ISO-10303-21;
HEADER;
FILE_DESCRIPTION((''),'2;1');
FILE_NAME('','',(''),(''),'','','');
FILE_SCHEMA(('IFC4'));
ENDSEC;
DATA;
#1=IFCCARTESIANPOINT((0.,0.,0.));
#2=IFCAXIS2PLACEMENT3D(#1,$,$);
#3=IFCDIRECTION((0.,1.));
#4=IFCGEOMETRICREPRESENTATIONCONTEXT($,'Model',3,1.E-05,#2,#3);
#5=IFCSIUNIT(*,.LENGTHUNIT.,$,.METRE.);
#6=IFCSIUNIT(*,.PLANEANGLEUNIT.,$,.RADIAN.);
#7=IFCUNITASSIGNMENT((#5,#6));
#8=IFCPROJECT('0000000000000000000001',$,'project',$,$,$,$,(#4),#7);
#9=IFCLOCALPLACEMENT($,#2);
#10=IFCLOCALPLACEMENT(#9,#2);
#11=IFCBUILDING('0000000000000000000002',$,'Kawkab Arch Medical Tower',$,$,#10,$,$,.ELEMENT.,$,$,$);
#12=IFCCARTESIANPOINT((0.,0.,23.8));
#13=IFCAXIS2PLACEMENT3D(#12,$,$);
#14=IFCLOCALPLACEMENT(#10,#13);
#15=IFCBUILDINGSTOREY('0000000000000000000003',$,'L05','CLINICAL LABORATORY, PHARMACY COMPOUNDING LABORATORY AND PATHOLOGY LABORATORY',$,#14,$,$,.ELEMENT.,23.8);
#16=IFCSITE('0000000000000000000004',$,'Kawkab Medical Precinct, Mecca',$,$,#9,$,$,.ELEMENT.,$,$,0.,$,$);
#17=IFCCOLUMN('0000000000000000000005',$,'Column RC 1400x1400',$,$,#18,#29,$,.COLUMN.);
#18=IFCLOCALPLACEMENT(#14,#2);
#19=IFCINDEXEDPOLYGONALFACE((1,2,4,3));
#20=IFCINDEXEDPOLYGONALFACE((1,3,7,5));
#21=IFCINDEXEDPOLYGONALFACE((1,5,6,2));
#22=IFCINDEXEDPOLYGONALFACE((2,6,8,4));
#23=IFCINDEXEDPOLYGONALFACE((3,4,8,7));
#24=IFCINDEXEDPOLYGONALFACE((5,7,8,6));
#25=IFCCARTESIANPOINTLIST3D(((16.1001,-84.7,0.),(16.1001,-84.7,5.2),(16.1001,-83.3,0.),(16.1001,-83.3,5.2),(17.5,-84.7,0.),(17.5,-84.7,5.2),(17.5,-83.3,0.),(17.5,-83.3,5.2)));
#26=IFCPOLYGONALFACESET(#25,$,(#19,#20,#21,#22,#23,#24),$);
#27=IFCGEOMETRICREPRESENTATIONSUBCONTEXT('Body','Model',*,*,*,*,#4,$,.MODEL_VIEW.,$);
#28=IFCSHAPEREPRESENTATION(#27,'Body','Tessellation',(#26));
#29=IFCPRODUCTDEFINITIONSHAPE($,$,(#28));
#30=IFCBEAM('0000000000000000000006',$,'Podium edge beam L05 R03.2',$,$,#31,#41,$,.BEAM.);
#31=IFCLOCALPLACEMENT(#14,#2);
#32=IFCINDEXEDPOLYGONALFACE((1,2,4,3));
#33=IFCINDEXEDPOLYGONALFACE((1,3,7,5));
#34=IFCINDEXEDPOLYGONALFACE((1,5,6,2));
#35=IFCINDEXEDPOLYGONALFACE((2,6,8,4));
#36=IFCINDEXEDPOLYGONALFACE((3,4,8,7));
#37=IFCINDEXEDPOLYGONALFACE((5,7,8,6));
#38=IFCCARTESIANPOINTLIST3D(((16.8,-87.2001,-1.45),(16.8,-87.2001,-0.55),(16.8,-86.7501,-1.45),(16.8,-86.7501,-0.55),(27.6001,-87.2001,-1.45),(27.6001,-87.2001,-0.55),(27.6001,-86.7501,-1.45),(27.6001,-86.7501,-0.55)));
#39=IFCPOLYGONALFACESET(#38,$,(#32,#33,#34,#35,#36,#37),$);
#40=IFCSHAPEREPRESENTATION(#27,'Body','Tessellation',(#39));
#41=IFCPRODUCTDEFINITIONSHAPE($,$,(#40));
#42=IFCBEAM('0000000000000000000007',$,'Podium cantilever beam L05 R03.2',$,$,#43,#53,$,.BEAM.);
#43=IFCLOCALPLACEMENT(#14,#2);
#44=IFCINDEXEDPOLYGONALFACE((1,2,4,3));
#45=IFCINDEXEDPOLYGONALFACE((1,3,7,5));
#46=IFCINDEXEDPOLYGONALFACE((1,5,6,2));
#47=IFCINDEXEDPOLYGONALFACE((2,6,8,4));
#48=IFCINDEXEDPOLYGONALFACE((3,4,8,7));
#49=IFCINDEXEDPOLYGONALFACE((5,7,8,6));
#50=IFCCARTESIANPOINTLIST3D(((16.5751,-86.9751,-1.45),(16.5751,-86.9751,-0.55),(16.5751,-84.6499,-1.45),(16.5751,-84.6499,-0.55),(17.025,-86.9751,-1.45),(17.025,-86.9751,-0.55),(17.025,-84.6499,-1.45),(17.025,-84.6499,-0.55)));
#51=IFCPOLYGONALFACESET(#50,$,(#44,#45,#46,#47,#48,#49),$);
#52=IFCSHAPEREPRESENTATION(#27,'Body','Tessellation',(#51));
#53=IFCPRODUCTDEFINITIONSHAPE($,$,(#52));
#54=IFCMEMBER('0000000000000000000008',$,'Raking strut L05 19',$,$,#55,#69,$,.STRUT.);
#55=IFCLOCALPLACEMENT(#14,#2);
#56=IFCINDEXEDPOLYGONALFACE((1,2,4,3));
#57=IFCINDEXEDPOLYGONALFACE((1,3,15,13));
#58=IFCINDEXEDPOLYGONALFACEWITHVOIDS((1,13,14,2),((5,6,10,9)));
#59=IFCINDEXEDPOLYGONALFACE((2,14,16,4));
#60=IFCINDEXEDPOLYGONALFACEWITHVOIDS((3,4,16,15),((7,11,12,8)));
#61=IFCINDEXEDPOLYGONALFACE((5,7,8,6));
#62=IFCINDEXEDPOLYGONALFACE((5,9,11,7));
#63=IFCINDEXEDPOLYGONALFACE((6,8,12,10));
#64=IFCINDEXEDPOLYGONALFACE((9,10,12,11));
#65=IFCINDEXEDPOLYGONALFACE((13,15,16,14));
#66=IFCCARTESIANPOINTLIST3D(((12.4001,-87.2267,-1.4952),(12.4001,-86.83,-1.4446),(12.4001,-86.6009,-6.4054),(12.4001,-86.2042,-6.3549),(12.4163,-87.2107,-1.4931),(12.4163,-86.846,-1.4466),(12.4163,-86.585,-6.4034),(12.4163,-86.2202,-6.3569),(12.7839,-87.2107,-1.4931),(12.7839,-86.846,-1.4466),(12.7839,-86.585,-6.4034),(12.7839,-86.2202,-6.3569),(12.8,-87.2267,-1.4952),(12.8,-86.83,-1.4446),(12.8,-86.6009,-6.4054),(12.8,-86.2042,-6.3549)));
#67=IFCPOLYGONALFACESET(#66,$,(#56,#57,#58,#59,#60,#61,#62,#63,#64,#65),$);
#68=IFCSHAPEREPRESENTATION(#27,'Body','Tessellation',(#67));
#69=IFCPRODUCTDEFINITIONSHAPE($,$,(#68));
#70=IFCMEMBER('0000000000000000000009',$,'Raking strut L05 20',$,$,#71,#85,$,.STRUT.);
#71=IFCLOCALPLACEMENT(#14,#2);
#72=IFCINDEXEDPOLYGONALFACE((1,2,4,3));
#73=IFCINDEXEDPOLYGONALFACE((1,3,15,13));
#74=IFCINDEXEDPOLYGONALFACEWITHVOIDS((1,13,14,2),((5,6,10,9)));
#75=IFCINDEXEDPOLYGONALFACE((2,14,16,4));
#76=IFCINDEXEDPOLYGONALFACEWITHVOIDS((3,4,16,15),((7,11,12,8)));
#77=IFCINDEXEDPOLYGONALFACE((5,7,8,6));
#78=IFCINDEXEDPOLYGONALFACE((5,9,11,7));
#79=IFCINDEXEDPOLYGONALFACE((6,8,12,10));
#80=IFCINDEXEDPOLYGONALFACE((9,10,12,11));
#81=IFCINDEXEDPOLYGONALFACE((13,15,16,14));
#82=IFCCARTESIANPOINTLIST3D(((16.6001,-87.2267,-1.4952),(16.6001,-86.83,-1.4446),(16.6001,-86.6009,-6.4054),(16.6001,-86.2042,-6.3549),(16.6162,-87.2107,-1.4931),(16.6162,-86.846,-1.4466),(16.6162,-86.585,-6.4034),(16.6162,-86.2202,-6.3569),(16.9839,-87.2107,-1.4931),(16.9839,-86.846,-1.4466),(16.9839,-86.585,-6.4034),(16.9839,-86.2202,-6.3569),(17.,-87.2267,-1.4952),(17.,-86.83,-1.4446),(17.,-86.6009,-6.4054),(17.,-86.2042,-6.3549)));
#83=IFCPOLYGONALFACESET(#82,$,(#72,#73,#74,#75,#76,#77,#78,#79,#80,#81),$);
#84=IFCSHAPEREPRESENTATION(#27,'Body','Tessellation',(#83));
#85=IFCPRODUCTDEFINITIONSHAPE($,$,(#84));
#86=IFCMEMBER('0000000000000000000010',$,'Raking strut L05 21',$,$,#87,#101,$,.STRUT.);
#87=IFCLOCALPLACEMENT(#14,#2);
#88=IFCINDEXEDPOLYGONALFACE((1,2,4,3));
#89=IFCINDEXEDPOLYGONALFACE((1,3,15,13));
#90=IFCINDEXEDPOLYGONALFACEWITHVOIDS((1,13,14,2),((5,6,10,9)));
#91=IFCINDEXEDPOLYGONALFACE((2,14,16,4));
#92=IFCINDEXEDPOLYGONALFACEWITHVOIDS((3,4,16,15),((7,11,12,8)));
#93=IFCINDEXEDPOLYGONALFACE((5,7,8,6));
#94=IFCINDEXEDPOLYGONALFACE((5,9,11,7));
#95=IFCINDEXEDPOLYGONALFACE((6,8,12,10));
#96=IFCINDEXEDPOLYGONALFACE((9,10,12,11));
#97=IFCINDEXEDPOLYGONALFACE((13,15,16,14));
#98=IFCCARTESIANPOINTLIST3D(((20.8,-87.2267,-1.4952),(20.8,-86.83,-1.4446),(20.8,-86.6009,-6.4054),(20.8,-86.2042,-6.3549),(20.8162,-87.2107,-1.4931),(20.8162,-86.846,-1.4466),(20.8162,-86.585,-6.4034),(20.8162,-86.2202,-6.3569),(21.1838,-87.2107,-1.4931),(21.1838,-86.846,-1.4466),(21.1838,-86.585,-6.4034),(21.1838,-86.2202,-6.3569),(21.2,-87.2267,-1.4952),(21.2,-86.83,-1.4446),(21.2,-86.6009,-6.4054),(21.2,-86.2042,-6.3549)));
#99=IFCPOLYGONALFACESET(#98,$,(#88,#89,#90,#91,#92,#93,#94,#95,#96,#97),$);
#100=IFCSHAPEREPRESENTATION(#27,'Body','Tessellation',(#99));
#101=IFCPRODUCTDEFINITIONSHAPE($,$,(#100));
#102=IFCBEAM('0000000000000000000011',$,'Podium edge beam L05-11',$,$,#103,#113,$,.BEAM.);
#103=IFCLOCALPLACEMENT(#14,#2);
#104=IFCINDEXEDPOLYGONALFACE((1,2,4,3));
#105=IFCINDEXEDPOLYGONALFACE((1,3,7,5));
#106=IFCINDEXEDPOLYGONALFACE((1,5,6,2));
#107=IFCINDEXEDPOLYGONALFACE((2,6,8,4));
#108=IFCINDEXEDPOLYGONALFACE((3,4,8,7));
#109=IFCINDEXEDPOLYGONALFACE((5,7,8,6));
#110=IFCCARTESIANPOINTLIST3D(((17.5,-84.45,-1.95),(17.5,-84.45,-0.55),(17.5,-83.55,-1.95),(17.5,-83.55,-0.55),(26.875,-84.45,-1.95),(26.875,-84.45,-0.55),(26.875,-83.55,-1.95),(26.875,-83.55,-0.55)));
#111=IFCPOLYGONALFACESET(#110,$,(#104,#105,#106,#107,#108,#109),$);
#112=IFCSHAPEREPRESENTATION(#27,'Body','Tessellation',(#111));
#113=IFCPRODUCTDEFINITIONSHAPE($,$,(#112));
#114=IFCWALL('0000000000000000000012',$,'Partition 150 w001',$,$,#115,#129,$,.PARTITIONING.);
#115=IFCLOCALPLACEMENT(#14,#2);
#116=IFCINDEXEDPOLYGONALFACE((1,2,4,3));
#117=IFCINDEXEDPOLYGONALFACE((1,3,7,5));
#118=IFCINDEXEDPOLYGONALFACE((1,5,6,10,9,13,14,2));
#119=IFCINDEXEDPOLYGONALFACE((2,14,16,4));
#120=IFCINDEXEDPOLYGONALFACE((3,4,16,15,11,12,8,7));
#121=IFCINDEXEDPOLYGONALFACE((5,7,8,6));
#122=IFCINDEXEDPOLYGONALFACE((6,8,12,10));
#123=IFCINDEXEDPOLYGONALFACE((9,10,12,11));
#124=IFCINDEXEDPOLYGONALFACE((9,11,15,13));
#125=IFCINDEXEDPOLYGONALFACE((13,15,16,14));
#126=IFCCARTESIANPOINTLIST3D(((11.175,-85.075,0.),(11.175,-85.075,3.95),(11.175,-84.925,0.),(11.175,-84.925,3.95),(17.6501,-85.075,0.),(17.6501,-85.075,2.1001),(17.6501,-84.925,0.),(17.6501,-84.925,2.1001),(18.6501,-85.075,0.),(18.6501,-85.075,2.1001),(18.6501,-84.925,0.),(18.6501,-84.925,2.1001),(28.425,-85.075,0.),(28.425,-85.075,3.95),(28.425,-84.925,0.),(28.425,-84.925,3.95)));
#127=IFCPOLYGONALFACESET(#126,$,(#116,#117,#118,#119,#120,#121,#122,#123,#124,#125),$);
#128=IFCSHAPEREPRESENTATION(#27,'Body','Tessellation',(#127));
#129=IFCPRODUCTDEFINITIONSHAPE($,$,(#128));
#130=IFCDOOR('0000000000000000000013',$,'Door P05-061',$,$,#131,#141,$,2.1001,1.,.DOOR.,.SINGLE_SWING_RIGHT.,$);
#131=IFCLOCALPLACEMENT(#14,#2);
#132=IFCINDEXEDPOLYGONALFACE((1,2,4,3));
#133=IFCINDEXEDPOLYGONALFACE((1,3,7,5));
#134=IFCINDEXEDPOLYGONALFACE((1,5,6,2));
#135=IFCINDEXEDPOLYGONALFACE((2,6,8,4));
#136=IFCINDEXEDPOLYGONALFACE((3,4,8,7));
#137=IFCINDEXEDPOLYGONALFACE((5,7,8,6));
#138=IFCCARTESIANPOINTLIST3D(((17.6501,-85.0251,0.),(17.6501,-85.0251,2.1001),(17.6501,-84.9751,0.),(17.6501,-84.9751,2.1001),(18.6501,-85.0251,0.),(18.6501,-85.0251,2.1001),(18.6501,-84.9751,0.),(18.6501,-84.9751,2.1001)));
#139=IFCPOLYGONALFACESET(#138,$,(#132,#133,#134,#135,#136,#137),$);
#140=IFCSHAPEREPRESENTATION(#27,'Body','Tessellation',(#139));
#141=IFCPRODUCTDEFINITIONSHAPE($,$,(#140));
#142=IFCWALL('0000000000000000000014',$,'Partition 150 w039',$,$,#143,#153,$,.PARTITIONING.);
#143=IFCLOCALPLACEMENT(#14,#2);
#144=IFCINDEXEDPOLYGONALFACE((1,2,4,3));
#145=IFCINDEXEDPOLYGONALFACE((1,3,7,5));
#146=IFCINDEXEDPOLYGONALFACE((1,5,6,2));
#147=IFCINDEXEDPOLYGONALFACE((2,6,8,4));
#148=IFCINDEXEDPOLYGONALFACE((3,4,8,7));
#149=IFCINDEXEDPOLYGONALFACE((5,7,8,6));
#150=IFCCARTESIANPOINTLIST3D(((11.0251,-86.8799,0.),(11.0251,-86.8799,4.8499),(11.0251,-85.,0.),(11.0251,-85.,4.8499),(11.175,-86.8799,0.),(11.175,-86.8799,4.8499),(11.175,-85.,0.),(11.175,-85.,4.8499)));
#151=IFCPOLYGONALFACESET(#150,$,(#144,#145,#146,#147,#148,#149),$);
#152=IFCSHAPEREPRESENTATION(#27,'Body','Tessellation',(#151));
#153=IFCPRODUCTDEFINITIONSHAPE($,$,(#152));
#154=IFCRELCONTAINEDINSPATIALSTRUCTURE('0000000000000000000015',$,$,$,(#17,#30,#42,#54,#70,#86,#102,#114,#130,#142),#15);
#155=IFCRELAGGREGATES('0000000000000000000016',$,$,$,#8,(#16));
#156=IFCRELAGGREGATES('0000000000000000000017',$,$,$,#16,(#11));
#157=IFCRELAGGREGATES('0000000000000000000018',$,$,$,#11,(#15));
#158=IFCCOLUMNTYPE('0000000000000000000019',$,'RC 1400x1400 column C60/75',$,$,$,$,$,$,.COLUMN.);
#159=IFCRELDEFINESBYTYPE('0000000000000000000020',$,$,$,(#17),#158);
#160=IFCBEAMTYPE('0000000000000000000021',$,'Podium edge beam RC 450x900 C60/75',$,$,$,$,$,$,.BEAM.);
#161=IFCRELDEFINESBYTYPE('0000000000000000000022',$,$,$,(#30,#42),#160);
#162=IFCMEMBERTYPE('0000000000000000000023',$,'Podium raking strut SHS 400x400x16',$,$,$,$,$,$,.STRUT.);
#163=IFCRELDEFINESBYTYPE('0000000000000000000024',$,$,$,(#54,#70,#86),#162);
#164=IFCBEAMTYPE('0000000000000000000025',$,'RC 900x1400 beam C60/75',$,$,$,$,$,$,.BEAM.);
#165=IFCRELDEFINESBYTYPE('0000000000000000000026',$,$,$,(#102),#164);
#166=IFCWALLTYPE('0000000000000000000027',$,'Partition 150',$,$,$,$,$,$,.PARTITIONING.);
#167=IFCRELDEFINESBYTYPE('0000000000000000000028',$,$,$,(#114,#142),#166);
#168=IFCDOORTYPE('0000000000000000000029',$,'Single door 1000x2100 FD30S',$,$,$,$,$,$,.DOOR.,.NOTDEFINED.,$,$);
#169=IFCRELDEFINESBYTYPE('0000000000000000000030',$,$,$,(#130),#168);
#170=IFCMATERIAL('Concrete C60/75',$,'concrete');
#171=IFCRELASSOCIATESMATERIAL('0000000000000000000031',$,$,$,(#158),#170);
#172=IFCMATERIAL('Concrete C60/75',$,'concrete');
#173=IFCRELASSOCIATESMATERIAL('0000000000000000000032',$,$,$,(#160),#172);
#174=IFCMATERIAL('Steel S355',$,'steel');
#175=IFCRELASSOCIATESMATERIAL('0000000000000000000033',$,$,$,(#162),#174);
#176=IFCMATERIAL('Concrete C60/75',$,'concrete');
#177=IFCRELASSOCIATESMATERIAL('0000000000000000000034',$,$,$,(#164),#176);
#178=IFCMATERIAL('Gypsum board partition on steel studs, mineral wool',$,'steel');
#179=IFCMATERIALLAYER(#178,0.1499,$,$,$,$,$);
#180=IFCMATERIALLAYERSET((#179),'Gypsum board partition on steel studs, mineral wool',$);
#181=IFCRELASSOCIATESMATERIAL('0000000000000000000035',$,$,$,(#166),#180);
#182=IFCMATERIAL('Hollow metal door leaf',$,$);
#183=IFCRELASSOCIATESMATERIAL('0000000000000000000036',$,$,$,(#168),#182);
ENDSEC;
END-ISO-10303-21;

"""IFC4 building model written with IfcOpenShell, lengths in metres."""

from ifc_helpers import new_model, si_unit, direction, frame, frame_2d, origin, origin_2d, place, context, subcontext, project, spatial, rectangle, hollow_rectangle, extrude, material, layer, layer_set, material_profile, profile_set, type_object, element, fill, save


model = new_model("IFC4")

# Units and contexts
model_context = context("Model", 3, precision=1e-05, world=origin(), true_north=direction((0.0, 1.0)))
body_context = subcontext(model_context, "Body", "Model", "MODEL_VIEW")
ifc_project = project(units=[si_unit("LENGTHUNIT", "METRE"), si_unit("PLANEANGLEUNIT", "RADIAN")], contexts=[model_context])

# Site, building, storey
site_placement = place(None, origin())
site = spatial("IfcSite", under=ifc_project, at=site_placement, Name="Kawkab Medical Precinct, Mecca", CompositionType="ELEMENT", RefElevation=0.0)
building_placement = place(site_placement, origin())
building = spatial("IfcBuilding", under=site, at=building_placement, Name="Kawkab Arch Medical Tower", CompositionType="ELEMENT")
storey_placement = place(building_placement, frame((0.0, 0.0, 23.8)))
storey = spatial("IfcBuildingStorey", under=building, at=storey_placement, Name="L05", Description="CLINICAL LABORATORY, PHARMACY COMPOUNDING LABORATORY AND PATHOLOGY LABORATORY", CompositionType="ELEMENT", Elevation=23.8)

# Column
ifc_material_1 = material(Name="Concrete C60/75", Category="concrete")
ifc_material_profile_1 = material_profile(ifc_material_1, rectangle(XDim=1.3999, YDim=1.3999, at=origin_2d()), Name="RC 1400x1400")
ifc_profile_set_1 = profile_set([ifc_material_profile_1], Name="Concrete C60/75")
column_type = type_object("IfcColumnType", Name="RC 1400x1400 column C60/75", PredefinedType="COLUMN", material=ifc_profile_set_1)
column_placement = place(storey_placement, frame((16.8, -84.0, 0.0), z_axis=(0.0, 0.0, 1.0), x_axis=(1.0, 0.0, 0.0)))
element("IfcColumn", 1, at=column_placement, inside=storey, type_object=column_type, Name="Column RC 1400x1400", PredefinedType="COLUMN", context=body_context, shape_type="SweptSolid", body=[
    extrude(rectangle(XDim=1.3999, YDim=1.3999, at=origin_2d()), origin(), (0.0, 0.0, 1.0), 5.2),
])

# Beams
ifc_material_2 = material(Name="Concrete C60/75", Category="concrete")
ifc_material_profile_2 = material_profile(ifc_material_2, rectangle(XDim=0.45, YDim=0.8999, at=origin_2d()), Name="RC 450x900")
ifc_profile_set_2 = profile_set([ifc_material_profile_2], Name="Concrete C60/75")
beam_type_1 = type_object("IfcBeamType", Name="Podium edge beam RC 450x900 C60/75", PredefinedType="BEAM", material=ifc_profile_set_2)
beam_1_placement = place(storey_placement, frame((16.8, -86.9751, -1.0), z_axis=(1.0, 0.0, 0.0), x_axis=(0.0, 1.0, 0.0)))
element("IfcBeam", 2, at=beam_1_placement, inside=storey, type_object=beam_type_1, Name="Podium edge beam L05 R03.2", PredefinedType="BEAM", context=body_context, shape_type="SweptSolid", body=[
    extrude(rectangle(XDim=0.45, YDim=0.8999, at=origin_2d()), origin(), (0.0, 0.0, 1.0), 10.8),
])
beam_2_placement = place(storey_placement, frame((16.8, -84.6499, -1.0), z_axis=(0.0, -1.0, 0.0), x_axis=(1.0, 0.0, 0.0)))
element("IfcBeam", 3, at=beam_2_placement, inside=storey, type_object=beam_type_1, Name="Podium cantilever beam L05 R03.2", PredefinedType="BEAM", context=body_context, shape_type="SweptSolid", body=[
    extrude(rectangle(XDim=0.45, YDim=0.8999, at=origin_2d()), origin(), (0.0, 0.0, 1.0), 2.3252),
])

# Members
ifc_material_3 = material(Name="Steel S355", Category="steel")
ifc_material_profile_3 = material_profile(ifc_material_3, hollow_rectangle(XDim=0.3999, YDim=0.3999, WallThickness=0.0161, at=origin_2d()), Name="SHS 400x400x16")
ifc_profile_set_3 = profile_set([ifc_material_profile_3], Name="Steel S355")
member_type = type_object("IfcMemberType", Name="Podium raking strut SHS 400x400x16", PredefinedType="STRUT", material=ifc_profile_set_3)
for number, where, z_axis, x_axis, name in (
    (4, (12.6001, -86.4026, -6.3801), (0.0, -0.126414, 0.991978), (1.0, 0.0, 0.0), "Raking strut L05 19"),
    (5, (16.8, -86.4026, -6.3801), (0.0, -0.126414, 0.991978), (1.0, 0.0, 0.0), "Raking strut L05 20"),
    (6, (21.0, -86.4026, -6.3801), (0.0, -0.126414, 0.991978), (1.0, 0.0, 0.0), "Raking strut L05 21"),
):
    element("IfcMember", number, at=place(storey_placement, frame(where, z_axis=z_axis, x_axis=x_axis)), inside=storey, type_object=member_type, Name=name, PredefinedType="STRUT", context=body_context, shape_type="SweptSolid", body=[
        extrude(hollow_rectangle(XDim=0.3999, YDim=0.3999, WallThickness=0.0161, at=origin_2d()), origin(), (0.0, 0.0, 1.0), 4.95),
    ])

# Beam
ifc_material_4 = material(Name="Concrete C60/75", Category="concrete")
ifc_material_profile_4 = material_profile(ifc_material_4, rectangle(XDim=0.8999, YDim=1.3999, at=origin_2d()), Name="RC 900x1400")
ifc_profile_set_4 = profile_set([ifc_material_profile_4], Name="Concrete C60/75")
beam_type_2 = type_object("IfcBeamType", Name="RC 900x1400 beam C60/75", PredefinedType="BEAM", material=ifc_profile_set_4)
beam_3_placement = place(storey_placement, frame((17.5, -84.0, -1.25), z_axis=(1.0, 0.0, 0.0), x_axis=(0.0, 1.0, 0.0)))
element("IfcBeam", 7, at=beam_3_placement, inside=storey, type_object=beam_type_2, Name="Podium edge beam L05-11", PredefinedType="BEAM", context=body_context, shape_type="SweptSolid", body=[
    extrude(rectangle(XDim=0.8999, YDim=1.3999, at=origin_2d()), origin(), (0.0, 0.0, 1.0), 9.375),
])

# Wall, opening, door
ifc_material_5 = material(Name="Gypsum board partition on steel studs, mineral wool", Category="steel")
ifc_layer_1 = layer(ifc_material_5, 0.1499)
ifc_layer_set_1 = layer_set([ifc_layer_1], Name="Gypsum board partition on steel studs, mineral wool")
wall_type_1 = type_object("IfcWallType", Name="Partition 150", PredefinedType="PARTITIONING", material=ifc_layer_set_1)
wall_1_placement = place(storey_placement, frame((11.175, -85.0, 0.0), z_axis=(0.0, 0.0, 1.0), x_axis=(1.0, 0.0, 0.0)))
wall_1 = element("IfcWall", 8, at=wall_1_placement, inside=storey, type_object=wall_type_1, Name="Partition 150 w001", PredefinedType="PARTITIONING", context=body_context, shape_type="SweptSolid", body=[
    extrude(rectangle(XDim=17.25, YDim=0.1499, at=frame_2d((8.625, 0.0))), origin(), (0.0, 0.0, 1.0), 3.95),
])
opening_1_placement = place(wall_1_placement, frame((6.4751, 0.0, 0.0)))
opening_1 = element("IfcOpeningElement", 9, at=opening_1_placement, cuts=wall_1, PredefinedType="OPENING", context=body_context, shape_type="SweptSolid", body=[
    extrude(rectangle(XDim=1.0, YDim=2.1001, at=frame_2d((0.5, 1.05))), frame((0.0, 0.085, 0.0), z_axis=(0.0, -1.0, 0.0), x_axis=(1.0, 0.0, 0.0)), (0.0, 0.0, 1.0), 0.1699),
])
ifc_material_6 = material(Name="Hollow metal door leaf")
door_type_1 = type_object("IfcDoorType", Name="Single door 1000x2100 FD30S", OperationType="NOTDEFINED", PredefinedType="DOOR", material=ifc_material_6)
door_1_placement = place(opening_1_placement, origin())
door_1 = element("IfcDoor", 10, at=door_1_placement, inside=storey, type_object=door_type_1, Name="Door P05-061", OperationType="SINGLE_SWING_RIGHT", OverallHeight=2.1001, OverallWidth=1.0, PredefinedType="DOOR", context=body_context, shape_type="SweptSolid", body=[
    extrude(rectangle(XDim=1.0, YDim=2.1001, at=frame_2d((0.5, 1.05))), frame((0.0, 0.0249, 0.0), z_axis=(0.0, -1.0, 0.0), x_axis=(1.0, 0.0, 0.0)), (0.0, 0.0, 1.0), 0.05),
])
fill(opening_1, door_1)

# Wall
wall_2_placement = place(storey_placement, frame((11.1001, -86.8799, 0.0), z_axis=(0.0, 0.0, 1.0), x_axis=(0.0, 1.0, 0.0)))
element("IfcWall", 11, at=wall_2_placement, inside=storey, type_object=wall_type_1, Name="Partition 150 w039", PredefinedType="PARTITIONING", context=body_context, shape_type="SweptSolid", body=[
    extrude(rectangle(XDim=1.8799, YDim=0.1499, at=frame_2d((0.9399, 0.0))), origin(), (0.0, 0.0, 1.0), 4.8499),
])

save(model, "model.ifc")
